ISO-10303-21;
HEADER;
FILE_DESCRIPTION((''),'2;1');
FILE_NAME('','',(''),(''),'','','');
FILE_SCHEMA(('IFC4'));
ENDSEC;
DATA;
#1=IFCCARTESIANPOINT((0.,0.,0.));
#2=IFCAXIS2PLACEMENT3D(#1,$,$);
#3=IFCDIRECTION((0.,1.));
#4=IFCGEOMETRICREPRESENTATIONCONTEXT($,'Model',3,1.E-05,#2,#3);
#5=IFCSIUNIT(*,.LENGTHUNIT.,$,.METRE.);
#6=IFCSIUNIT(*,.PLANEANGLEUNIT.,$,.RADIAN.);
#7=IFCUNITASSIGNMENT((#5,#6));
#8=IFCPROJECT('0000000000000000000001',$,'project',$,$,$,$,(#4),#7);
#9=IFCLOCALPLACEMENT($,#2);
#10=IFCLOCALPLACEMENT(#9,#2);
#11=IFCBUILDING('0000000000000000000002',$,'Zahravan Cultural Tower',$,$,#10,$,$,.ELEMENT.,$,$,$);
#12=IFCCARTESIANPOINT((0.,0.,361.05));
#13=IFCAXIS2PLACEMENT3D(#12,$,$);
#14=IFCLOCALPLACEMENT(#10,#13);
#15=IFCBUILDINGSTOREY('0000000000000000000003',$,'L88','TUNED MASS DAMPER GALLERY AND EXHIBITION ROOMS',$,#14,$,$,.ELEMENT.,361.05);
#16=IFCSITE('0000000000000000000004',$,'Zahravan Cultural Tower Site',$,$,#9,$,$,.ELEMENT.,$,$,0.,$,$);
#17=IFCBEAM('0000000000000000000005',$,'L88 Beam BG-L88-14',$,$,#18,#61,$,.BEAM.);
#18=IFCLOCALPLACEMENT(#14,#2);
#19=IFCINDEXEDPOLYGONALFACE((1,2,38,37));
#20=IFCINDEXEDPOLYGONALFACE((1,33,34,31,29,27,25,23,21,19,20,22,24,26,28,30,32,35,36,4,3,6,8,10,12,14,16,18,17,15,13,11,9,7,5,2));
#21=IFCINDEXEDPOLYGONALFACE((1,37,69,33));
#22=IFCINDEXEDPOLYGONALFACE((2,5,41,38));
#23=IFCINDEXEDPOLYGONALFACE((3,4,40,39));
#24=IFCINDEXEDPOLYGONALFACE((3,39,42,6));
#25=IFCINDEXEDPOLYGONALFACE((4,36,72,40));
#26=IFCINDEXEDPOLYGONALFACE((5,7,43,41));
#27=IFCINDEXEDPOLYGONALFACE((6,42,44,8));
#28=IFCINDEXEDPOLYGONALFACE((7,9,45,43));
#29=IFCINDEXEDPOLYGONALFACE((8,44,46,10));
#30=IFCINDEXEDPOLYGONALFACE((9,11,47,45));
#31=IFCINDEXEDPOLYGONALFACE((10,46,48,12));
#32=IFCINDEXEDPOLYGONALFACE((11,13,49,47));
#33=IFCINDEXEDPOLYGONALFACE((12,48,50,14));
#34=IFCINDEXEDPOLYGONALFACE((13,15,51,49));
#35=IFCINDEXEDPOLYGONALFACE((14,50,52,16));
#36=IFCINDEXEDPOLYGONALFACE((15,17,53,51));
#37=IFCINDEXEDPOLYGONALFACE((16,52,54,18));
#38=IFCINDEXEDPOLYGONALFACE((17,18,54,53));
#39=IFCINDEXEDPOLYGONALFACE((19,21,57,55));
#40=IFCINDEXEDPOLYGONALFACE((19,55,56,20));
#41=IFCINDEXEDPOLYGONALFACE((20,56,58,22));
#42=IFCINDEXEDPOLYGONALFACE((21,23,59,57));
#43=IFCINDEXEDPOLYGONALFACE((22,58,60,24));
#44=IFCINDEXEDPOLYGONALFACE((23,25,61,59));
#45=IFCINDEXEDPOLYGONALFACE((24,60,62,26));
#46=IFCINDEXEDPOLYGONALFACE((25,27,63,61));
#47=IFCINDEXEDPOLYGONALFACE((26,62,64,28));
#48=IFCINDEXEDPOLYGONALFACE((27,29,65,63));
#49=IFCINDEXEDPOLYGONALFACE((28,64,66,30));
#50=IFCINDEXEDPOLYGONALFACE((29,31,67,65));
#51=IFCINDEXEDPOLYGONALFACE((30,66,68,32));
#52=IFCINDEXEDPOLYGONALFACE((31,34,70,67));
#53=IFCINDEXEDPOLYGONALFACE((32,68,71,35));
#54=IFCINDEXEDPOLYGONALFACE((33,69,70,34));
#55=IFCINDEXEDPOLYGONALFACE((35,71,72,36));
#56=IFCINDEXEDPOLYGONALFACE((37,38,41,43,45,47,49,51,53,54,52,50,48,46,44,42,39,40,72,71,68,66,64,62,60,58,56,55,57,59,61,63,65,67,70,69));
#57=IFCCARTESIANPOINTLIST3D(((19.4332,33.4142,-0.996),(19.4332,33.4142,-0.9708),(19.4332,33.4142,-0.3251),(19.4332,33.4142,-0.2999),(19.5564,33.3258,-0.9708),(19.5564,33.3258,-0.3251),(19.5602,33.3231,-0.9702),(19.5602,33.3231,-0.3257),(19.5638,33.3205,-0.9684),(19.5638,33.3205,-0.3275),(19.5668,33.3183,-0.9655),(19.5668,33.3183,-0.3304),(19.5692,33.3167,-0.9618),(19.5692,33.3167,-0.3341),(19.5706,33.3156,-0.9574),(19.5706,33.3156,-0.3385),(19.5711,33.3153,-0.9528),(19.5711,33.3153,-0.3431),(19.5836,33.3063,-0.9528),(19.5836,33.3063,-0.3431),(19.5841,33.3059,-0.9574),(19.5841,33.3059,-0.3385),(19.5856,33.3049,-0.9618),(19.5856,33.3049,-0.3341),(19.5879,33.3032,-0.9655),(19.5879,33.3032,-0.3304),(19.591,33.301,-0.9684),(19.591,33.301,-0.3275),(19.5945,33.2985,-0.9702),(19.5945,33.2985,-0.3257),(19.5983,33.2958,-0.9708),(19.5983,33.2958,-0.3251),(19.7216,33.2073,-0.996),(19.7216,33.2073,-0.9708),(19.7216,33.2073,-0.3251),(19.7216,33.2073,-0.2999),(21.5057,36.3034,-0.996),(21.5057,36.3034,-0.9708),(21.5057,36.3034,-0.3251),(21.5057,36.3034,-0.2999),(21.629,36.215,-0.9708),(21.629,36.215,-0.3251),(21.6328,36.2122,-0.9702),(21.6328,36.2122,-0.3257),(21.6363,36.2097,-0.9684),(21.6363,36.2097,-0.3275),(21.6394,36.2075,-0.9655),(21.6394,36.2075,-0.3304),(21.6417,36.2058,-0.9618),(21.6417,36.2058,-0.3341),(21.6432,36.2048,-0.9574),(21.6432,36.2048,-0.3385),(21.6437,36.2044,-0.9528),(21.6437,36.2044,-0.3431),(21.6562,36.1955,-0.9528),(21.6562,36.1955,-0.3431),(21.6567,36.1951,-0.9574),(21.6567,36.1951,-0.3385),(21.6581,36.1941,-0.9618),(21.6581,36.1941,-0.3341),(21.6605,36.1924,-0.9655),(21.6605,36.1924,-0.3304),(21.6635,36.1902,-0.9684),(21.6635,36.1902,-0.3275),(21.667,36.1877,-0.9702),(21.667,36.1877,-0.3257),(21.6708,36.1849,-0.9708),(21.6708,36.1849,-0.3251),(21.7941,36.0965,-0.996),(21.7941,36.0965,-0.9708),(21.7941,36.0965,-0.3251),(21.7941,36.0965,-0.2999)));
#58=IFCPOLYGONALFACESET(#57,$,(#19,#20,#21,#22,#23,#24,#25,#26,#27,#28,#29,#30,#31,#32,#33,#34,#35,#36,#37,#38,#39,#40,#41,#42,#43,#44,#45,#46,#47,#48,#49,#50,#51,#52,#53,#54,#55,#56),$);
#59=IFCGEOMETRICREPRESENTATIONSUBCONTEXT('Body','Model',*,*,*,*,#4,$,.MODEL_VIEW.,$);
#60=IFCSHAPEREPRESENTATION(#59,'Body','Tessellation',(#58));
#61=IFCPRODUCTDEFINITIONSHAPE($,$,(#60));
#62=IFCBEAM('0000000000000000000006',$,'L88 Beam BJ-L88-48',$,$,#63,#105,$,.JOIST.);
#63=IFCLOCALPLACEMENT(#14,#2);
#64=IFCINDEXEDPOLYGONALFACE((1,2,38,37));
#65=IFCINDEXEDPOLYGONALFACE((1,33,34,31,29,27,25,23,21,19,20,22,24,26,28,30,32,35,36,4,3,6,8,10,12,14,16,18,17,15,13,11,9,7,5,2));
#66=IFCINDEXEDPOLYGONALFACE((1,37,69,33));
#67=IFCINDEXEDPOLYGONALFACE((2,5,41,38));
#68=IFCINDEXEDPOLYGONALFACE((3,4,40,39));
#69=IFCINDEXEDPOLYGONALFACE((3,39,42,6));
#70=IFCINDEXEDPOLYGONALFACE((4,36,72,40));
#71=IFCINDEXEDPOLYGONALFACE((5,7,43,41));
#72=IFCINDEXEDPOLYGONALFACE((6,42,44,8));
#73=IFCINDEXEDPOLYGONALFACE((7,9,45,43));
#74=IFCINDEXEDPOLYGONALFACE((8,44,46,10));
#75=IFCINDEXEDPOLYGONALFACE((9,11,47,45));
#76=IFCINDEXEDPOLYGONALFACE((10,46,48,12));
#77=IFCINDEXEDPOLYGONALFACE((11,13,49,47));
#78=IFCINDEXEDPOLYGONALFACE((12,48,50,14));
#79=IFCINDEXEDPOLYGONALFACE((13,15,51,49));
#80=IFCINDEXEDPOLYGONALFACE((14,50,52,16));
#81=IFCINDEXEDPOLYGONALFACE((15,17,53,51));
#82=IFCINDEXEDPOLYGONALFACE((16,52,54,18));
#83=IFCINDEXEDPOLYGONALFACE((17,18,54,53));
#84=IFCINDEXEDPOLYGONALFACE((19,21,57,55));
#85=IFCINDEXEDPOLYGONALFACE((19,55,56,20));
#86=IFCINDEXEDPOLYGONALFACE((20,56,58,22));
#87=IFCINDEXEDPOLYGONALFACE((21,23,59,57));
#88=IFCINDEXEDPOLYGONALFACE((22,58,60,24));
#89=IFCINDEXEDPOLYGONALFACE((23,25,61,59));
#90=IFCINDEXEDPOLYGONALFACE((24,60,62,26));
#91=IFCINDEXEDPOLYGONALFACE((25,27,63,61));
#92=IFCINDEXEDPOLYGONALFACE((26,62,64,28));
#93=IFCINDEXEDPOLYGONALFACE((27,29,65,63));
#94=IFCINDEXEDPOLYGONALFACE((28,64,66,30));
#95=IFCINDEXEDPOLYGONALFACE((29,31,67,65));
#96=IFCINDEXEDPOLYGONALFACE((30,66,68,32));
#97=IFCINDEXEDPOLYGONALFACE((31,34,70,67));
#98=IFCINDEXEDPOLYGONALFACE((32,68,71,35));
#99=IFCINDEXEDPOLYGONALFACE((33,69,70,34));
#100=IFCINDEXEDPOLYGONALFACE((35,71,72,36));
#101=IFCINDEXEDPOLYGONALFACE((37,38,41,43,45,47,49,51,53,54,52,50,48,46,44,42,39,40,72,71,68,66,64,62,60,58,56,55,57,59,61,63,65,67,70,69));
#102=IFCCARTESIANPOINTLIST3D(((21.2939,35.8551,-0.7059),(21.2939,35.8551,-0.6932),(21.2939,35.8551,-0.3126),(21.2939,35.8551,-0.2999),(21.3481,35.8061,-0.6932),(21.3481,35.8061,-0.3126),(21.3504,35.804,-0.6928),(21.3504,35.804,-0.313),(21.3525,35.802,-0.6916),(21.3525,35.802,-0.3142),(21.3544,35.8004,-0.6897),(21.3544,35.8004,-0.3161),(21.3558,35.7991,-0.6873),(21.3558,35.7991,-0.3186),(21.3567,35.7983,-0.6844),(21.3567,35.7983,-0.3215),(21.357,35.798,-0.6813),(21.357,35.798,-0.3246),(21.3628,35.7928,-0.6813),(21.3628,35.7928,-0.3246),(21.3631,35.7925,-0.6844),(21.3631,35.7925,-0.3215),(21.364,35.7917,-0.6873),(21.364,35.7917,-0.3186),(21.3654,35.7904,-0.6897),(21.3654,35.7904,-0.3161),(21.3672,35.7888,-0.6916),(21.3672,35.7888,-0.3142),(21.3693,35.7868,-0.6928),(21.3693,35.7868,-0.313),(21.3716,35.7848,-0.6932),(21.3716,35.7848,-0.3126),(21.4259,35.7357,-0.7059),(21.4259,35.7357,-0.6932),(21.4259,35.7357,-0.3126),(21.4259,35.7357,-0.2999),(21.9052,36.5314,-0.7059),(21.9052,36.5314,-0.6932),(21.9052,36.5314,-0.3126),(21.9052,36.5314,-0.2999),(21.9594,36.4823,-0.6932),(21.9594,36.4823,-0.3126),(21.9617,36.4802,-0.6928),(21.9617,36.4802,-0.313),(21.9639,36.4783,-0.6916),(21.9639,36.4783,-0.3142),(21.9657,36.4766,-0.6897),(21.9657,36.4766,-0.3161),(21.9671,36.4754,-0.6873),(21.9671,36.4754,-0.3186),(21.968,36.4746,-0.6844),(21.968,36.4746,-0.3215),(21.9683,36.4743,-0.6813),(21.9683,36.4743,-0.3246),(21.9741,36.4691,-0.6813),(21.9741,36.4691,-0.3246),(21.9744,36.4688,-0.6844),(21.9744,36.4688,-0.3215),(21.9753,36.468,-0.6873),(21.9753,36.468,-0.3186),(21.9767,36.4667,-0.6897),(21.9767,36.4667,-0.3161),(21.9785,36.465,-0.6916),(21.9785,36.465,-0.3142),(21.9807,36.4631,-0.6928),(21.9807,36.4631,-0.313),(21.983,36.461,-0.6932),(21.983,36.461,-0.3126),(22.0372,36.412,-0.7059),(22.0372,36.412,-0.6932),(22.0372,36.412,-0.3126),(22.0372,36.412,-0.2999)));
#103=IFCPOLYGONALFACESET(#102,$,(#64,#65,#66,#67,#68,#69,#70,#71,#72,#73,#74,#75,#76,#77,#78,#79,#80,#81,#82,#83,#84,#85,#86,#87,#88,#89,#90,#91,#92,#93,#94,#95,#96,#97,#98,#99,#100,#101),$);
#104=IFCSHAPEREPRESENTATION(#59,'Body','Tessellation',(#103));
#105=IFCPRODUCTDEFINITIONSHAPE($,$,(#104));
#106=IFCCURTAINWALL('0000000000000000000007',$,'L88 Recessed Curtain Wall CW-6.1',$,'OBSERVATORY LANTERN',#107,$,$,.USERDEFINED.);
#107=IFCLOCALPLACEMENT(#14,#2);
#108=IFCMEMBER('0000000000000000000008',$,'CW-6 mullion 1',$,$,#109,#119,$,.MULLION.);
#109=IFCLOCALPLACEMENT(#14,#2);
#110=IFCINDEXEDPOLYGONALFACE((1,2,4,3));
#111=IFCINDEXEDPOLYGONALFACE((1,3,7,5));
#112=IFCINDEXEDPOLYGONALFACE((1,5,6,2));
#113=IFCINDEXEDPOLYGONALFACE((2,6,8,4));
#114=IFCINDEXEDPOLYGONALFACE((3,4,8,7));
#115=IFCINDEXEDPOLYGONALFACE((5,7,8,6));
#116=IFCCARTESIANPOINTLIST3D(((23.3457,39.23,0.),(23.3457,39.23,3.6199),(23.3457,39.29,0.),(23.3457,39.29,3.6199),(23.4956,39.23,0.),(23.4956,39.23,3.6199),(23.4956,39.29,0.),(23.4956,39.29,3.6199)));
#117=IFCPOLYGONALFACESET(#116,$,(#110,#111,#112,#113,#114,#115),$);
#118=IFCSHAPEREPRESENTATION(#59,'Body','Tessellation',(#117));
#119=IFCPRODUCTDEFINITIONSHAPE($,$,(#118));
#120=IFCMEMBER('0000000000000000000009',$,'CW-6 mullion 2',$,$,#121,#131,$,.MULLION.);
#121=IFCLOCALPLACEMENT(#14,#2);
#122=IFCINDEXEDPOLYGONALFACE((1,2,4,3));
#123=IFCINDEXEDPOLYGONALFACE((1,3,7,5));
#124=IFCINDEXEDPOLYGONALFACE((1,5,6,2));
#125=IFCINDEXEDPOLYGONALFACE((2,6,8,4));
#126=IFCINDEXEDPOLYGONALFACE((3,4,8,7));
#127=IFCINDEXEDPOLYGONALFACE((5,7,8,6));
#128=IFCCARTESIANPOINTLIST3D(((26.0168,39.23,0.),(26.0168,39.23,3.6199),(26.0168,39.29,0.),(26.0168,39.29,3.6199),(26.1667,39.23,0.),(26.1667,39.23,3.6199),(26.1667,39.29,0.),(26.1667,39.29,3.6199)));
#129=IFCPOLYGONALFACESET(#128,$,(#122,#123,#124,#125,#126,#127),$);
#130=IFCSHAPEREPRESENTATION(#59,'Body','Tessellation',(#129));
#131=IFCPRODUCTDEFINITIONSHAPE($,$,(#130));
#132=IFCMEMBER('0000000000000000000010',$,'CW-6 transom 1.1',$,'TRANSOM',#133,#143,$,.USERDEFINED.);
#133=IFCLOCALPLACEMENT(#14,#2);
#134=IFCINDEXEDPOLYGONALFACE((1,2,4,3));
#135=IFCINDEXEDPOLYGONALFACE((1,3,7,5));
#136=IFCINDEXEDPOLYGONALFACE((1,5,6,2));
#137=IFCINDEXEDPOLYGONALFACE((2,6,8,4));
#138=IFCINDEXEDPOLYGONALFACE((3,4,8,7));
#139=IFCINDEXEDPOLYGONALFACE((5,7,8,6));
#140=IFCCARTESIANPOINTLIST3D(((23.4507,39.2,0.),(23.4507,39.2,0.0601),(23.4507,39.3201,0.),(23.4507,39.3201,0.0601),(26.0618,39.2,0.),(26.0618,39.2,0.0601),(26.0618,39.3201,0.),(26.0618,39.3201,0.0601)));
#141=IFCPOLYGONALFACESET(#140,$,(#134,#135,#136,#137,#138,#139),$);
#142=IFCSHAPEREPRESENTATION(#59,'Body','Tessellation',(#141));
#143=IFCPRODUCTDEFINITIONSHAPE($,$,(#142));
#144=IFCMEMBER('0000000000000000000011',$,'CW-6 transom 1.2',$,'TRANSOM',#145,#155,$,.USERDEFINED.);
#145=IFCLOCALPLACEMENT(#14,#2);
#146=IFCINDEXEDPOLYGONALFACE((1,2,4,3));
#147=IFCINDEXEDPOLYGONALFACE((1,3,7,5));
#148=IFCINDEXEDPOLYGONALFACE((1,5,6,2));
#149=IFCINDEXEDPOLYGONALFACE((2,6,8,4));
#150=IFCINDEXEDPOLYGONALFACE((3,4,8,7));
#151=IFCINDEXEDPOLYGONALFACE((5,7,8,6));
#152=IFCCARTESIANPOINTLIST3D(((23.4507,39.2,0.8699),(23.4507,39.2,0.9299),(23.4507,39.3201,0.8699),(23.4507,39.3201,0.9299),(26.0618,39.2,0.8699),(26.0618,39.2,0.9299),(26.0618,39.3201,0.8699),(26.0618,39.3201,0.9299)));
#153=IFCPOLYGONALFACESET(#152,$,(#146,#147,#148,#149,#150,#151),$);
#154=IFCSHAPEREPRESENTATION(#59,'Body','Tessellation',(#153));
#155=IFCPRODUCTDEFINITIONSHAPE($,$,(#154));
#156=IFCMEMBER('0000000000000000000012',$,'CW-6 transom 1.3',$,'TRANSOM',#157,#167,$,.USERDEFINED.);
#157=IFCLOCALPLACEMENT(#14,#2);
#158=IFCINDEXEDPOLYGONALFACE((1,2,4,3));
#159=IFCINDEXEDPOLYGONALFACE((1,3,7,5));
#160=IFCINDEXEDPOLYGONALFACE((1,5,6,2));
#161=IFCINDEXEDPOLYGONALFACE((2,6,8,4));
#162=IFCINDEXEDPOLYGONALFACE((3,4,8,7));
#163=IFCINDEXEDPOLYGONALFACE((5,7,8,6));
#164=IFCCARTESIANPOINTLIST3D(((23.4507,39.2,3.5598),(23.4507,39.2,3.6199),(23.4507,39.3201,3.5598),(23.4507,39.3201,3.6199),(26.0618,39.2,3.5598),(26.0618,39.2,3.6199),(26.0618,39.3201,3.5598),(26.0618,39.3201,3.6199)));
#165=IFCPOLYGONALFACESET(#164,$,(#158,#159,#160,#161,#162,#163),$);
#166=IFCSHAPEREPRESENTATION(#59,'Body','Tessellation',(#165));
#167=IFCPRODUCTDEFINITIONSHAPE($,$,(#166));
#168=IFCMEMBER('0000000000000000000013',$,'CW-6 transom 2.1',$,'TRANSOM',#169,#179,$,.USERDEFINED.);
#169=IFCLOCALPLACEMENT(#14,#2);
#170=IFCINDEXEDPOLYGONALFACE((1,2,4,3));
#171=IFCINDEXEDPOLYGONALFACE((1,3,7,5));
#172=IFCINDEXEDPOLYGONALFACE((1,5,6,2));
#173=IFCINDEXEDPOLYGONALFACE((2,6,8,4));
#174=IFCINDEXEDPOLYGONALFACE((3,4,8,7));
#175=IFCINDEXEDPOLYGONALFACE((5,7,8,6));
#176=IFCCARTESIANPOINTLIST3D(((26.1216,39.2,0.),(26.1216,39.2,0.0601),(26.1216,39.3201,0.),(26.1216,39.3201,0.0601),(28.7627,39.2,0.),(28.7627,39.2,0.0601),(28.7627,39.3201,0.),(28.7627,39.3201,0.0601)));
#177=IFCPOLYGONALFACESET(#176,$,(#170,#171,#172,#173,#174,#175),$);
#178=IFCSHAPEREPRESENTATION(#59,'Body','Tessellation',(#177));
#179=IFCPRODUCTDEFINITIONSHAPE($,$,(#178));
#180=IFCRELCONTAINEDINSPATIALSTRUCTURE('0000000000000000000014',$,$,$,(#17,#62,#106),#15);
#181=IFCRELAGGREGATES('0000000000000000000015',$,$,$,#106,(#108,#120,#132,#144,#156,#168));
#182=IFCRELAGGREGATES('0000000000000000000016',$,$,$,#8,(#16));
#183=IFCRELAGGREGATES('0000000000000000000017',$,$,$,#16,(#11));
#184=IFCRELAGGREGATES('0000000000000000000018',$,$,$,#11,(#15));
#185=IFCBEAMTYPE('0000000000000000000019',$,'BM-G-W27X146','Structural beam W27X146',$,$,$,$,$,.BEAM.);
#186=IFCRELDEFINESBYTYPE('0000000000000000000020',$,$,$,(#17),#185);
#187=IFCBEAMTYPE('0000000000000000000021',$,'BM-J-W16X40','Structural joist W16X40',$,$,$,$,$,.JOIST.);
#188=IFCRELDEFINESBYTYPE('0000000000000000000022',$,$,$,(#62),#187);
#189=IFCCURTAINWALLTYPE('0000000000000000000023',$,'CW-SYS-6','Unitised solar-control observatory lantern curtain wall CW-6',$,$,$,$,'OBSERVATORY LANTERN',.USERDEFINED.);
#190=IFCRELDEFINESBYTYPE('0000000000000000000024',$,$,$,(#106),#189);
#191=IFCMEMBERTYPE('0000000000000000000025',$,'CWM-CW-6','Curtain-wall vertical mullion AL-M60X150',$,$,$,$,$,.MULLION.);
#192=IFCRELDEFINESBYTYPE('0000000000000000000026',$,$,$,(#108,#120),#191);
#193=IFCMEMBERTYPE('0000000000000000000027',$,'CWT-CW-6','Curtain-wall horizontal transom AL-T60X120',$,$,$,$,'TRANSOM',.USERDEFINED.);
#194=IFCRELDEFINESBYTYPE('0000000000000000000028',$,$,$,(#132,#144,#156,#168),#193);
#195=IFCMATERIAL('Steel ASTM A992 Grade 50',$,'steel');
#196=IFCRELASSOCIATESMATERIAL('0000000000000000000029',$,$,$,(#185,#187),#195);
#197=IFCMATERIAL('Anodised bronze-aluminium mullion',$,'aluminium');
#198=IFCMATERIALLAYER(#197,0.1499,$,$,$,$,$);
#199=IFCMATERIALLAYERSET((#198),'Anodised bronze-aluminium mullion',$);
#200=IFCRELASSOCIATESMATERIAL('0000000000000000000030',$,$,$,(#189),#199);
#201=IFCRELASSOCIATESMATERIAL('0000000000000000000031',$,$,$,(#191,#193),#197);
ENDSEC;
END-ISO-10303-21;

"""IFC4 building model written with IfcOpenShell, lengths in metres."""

from ifc_helpers import new_model, si_unit, direction, frame, origin, origin_2d, place, context, subcontext, project, spatial, rectangle, i_section, extrude, source, transform, mapped, material, layer, layer_set, material_profile, profile_set, type_object, element, aggregate, save


model = new_model("IFC4")

# Units and contexts
model_context = context("Model", 3, precision=1e-05, world=origin(), true_north=direction((0.0, 1.0)))
body_context = subcontext(model_context, "Body", "Model", "MODEL_VIEW")
ifc_project = project(units=[si_unit("LENGTHUNIT", "METRE"), si_unit("PLANEANGLEUNIT", "RADIAN")], contexts=[model_context])

# Site, building, storey
site_placement = place(None, origin())
site = spatial("IfcSite", under=ifc_project, at=site_placement, Name="Zahravan Cultural Tower Site", CompositionType="ELEMENT", RefElevation=0.0)
building_placement = place(site_placement, origin())
building = spatial("IfcBuilding", under=site, at=building_placement, Name="Zahravan Cultural Tower", CompositionType="ELEMENT")
storey_placement = place(building_placement, frame((0.0, 0.0, 361.05)))
storey = spatial("IfcBuildingStorey", under=building, at=storey_placement, Name="L88", Description="TUNED MASS DAMPER GALLERY AND EXHIBITION ROOMS", CompositionType="ELEMENT", Elevation=361.05)

# Shared definitions
ifc_material_1 = material(Name="Steel ASTM A992 Grade 50", Category="steel")

# Beams
ifc_material_profile_1 = material_profile(ifc_material_1, i_section(OverallWidth=0.355, OverallDepth=0.696, WebThickness=0.0154, FlangeThickness=0.0251, FilletRadius=0.0181, at=origin_2d()), Name="W27X146")
ifc_profile_set_1 = profile_set([ifc_material_profile_1], Name="Steel ASTM A992 Grade 50")
beam_type_1 = type_object("IfcBeamType", Name="BM-G-W27X146", Description="Structural beam W27X146", PredefinedType="BEAM", material=ifc_profile_set_1)
shared_shape_1 = source(origin(), body_context, "Body", "SweptSolid", [
    extrude(i_section(OverallWidth=0.355, OverallDepth=0.696, WebThickness=0.0154, FlangeThickness=0.0251, FilletRadius=0.0181, at=origin_2d()), origin(), (0.0, 0.0, 1.0), 3.5557),
])
beam_1_placement = place(storey_placement, frame((21.6499, 36.2, -0.6479), z_axis=(-0.58288, -0.812558, 0.0), x_axis=(0.812558, -0.58288, 0.0)))
element("IfcBeam", 1, at=beam_1_placement, inside=storey, type_object=beam_type_1, Name="L88 Beam BG-L88-14", PredefinedType="BEAM", context=body_context, shape_type="MappedRepresentation", body=[
    mapped(shared_shape_1, transform((0.0, 0.0, 0.0), x_axis=(1.0, 0.0, 0.0), y_axis=(0.0, 1.0, 0.0), z_axis=(0.0, 0.0, 1.0), scale=1.0)),
])
ifc_material_profile_2 = material_profile(ifc_material_1, i_section(OverallWidth=0.178, OverallDepth=0.406, WebThickness=0.0078, FlangeThickness=0.0127, FilletRadius=0.012, at=origin_2d()), Name="W16X40")
ifc_profile_set_2 = profile_set([ifc_material_profile_2], Name="Steel ASTM A992 Grade 50")
beam_type_2 = type_object("IfcBeamType", Name="BM-J-W16X40", Description="Structural joist W16X40", PredefinedType="JOIST", material=ifc_profile_set_2)
shared_shape_2 = source(origin(), body_context, "Body", "SweptSolid", [
    extrude(i_section(OverallWidth=0.178, OverallDepth=0.406, WebThickness=0.0078, FlangeThickness=0.0127, FilletRadius=0.012, at=origin_2d()), origin(), (0.0, 0.0, 1.0), 0.9116),
])
beam_2_placement = place(storey_placement, frame((21.9712, 36.4717, -0.5029), z_axis=(-0.670591, -0.741828, 0.0), x_axis=(0.741828, -0.670591, 0.0)))
element("IfcBeam", 2, at=beam_2_placement, inside=storey, type_object=beam_type_2, Name="L88 Beam BJ-L88-48", PredefinedType="JOIST", context=body_context, shape_type="MappedRepresentation", body=[
    mapped(shared_shape_2, transform((0.0, 0.0, 0.0), x_axis=(1.0, 0.0, 0.0), y_axis=(0.0, 1.0, 0.0), z_axis=(0.0, 0.0, 1.0), scale=1.0)),
])

# Curtain wall, members
ifc_material_2 = material(Name="Anodised bronze-aluminium mullion", Category="aluminium")
ifc_layer_1 = layer(ifc_material_2, 0.1499)
ifc_layer_set_1 = layer_set([ifc_layer_1], Name="Anodised bronze-aluminium mullion")
curtain_wall_type = type_object("IfcCurtainWallType", Name="CW-SYS-6", Description="Unitised solar-control observatory lantern curtain wall CW-6", ElementType="OBSERVATORY LANTERN", PredefinedType="USERDEFINED", material=ifc_layer_set_1)
curtain_wall_placement = place(storey_placement, origin())
curtain_wall = element("IfcCurtainWall", 3, at=curtain_wall_placement, inside=storey, type_object=curtain_wall_type, Name="L88 Recessed Curtain Wall CW-6.1", ObjectType="OBSERVATORY LANTERN", PredefinedType="USERDEFINED")
ifc_material_profile_3 = material_profile(ifc_material_2, rectangle(XDim=0.0601, YDim=0.1499, at=origin_2d()), Name="AL-M60X150")
ifc_profile_set_3 = profile_set([ifc_material_profile_3], Name="Anodised bronze-aluminium mullion")
member_type_1 = type_object("IfcMemberType", Name="CWM-CW-6", Description="Curtain-wall vertical mullion AL-M60X150", PredefinedType="MULLION", material=ifc_profile_set_3)
shared_shape_3 = source(origin(), body_context, "Body", "SweptSolid", [
    extrude(rectangle(XDim=0.0601, YDim=0.1499, at=origin_2d()), origin(), (0.0, 0.0, 1.0), 3.6199),
])
member_1_placement = place(storey_placement, frame((23.4207, 39.26, 0.0), z_axis=(0.0, 0.0, 1.0), x_axis=(0.0, 1.0, 0.0)))
member_1 = element("IfcMember", 4, at=member_1_placement, type_object=member_type_1, Name="CW-6 mullion 1", PredefinedType="MULLION", context=body_context, shape_type="MappedRepresentation", body=[
    mapped(shared_shape_3, transform((0.0, 0.0, 0.0), x_axis=(1.0, 0.0, 0.0), y_axis=(0.0, 1.0, 0.0), z_axis=(0.0, 0.0, 1.0), scale=1.0)),
])
member_2_placement = place(storey_placement, frame((26.0918, 39.26, 0.0), z_axis=(0.0, 0.0, 1.0), x_axis=(0.0, 1.0, 0.0)))
member_2 = element("IfcMember", 5, at=member_2_placement, type_object=member_type_1, Name="CW-6 mullion 2", PredefinedType="MULLION", context=body_context, shape_type="MappedRepresentation", body=[
    mapped(shared_shape_3, transform((0.0, 0.0, 0.0), x_axis=(1.0, 0.0, 0.0), y_axis=(0.0, 1.0, 0.0), z_axis=(0.0, 0.0, 1.0), scale=1.0)),
])
ifc_material_profile_4 = material_profile(ifc_material_2, rectangle(XDim=0.1201, YDim=0.0601, at=origin_2d()), Name="AL-T60X120")
ifc_profile_set_4 = profile_set([ifc_material_profile_4], Name="Anodised bronze-aluminium mullion")
member_type_2 = type_object("IfcMemberType", Name="CWT-CW-6", Description="Curtain-wall horizontal transom AL-T60X120", ElementType="TRANSOM", PredefinedType="USERDEFINED", material=ifc_profile_set_4)
shared_shape_4 = source(origin(), body_context, "Body", "SweptSolid", [
    extrude(rectangle(XDim=0.1201, YDim=0.0601, at=origin_2d()), origin(), (0.0, 0.0, 1.0), 2.6111),
])
member_3_placement = place(storey_placement, frame((23.4507, 39.26, 0.03), z_axis=(1.0, 0.0, 0.0), x_axis=(0.0, 1.0, 0.0)))
member_3 = element("IfcMember", 6, at=member_3_placement, type_object=member_type_2, Name="CW-6 transom 1.1", ObjectType="TRANSOM", PredefinedType="USERDEFINED", context=body_context, shape_type="MappedRepresentation", body=[
    mapped(shared_shape_4, transform((0.0, 0.0, 0.0), x_axis=(1.0, 0.0, 0.0), y_axis=(0.0, 1.0, 0.0), z_axis=(0.0, 0.0, 1.0), scale=1.0)),
])
member_4_placement = place(storey_placement, frame((23.4507, 39.26, 0.8999), z_axis=(1.0, 0.0, 0.0), x_axis=(0.0, 1.0, 0.0)))
member_4 = element("IfcMember", 7, at=member_4_placement, type_object=member_type_2, Name="CW-6 transom 1.2", ObjectType="TRANSOM", PredefinedType="USERDEFINED", context=body_context, shape_type="MappedRepresentation", body=[
    mapped(shared_shape_4, transform((0.0, 0.0, 0.0), x_axis=(1.0, 0.0, 0.0), y_axis=(0.0, 1.0, 0.0), z_axis=(0.0, 0.0, 1.0), scale=1.0)),
])
member_5_placement = place(storey_placement, frame((23.4507, 39.26, 3.5898), z_axis=(1.0, 0.0, 0.0), x_axis=(0.0, 1.0, 0.0)))
member_5 = element("IfcMember", 8, at=member_5_placement, type_object=member_type_2, Name="CW-6 transom 1.3", ObjectType="TRANSOM", PredefinedType="USERDEFINED", context=body_context, shape_type="MappedRepresentation", body=[
    mapped(shared_shape_4, transform((0.0, 0.0, 0.0), x_axis=(1.0, 0.0, 0.0), y_axis=(0.0, 1.0, 0.0), z_axis=(0.0, 0.0, 1.0), scale=1.0)),
])
shared_shape_5 = source(origin(), body_context, "Body", "SweptSolid", [
    extrude(rectangle(XDim=0.1201, YDim=0.0601, at=origin_2d()), origin(), (0.0, 0.0, 1.0), 2.6411),
])
member_6_placement = place(storey_placement, frame((26.1216, 39.26, 0.03), z_axis=(1.0, 0.0, 0.0), x_axis=(0.0, 1.0, 0.0)))
member_6 = element("IfcMember", 9, at=member_6_placement, type_object=member_type_2, Name="CW-6 transom 2.1", ObjectType="TRANSOM", PredefinedType="USERDEFINED", context=body_context, shape_type="MappedRepresentation", body=[
    mapped(shared_shape_5, transform((0.0, 0.0, 0.0), x_axis=(1.0, 0.0, 0.0), y_axis=(0.0, 1.0, 0.0), z_axis=(0.0, 0.0, 1.0), scale=1.0)),
])
aggregate(curtain_wall, [member_1, member_2, member_3, member_4, member_5, member_6])

save(model, "model.ifc")
